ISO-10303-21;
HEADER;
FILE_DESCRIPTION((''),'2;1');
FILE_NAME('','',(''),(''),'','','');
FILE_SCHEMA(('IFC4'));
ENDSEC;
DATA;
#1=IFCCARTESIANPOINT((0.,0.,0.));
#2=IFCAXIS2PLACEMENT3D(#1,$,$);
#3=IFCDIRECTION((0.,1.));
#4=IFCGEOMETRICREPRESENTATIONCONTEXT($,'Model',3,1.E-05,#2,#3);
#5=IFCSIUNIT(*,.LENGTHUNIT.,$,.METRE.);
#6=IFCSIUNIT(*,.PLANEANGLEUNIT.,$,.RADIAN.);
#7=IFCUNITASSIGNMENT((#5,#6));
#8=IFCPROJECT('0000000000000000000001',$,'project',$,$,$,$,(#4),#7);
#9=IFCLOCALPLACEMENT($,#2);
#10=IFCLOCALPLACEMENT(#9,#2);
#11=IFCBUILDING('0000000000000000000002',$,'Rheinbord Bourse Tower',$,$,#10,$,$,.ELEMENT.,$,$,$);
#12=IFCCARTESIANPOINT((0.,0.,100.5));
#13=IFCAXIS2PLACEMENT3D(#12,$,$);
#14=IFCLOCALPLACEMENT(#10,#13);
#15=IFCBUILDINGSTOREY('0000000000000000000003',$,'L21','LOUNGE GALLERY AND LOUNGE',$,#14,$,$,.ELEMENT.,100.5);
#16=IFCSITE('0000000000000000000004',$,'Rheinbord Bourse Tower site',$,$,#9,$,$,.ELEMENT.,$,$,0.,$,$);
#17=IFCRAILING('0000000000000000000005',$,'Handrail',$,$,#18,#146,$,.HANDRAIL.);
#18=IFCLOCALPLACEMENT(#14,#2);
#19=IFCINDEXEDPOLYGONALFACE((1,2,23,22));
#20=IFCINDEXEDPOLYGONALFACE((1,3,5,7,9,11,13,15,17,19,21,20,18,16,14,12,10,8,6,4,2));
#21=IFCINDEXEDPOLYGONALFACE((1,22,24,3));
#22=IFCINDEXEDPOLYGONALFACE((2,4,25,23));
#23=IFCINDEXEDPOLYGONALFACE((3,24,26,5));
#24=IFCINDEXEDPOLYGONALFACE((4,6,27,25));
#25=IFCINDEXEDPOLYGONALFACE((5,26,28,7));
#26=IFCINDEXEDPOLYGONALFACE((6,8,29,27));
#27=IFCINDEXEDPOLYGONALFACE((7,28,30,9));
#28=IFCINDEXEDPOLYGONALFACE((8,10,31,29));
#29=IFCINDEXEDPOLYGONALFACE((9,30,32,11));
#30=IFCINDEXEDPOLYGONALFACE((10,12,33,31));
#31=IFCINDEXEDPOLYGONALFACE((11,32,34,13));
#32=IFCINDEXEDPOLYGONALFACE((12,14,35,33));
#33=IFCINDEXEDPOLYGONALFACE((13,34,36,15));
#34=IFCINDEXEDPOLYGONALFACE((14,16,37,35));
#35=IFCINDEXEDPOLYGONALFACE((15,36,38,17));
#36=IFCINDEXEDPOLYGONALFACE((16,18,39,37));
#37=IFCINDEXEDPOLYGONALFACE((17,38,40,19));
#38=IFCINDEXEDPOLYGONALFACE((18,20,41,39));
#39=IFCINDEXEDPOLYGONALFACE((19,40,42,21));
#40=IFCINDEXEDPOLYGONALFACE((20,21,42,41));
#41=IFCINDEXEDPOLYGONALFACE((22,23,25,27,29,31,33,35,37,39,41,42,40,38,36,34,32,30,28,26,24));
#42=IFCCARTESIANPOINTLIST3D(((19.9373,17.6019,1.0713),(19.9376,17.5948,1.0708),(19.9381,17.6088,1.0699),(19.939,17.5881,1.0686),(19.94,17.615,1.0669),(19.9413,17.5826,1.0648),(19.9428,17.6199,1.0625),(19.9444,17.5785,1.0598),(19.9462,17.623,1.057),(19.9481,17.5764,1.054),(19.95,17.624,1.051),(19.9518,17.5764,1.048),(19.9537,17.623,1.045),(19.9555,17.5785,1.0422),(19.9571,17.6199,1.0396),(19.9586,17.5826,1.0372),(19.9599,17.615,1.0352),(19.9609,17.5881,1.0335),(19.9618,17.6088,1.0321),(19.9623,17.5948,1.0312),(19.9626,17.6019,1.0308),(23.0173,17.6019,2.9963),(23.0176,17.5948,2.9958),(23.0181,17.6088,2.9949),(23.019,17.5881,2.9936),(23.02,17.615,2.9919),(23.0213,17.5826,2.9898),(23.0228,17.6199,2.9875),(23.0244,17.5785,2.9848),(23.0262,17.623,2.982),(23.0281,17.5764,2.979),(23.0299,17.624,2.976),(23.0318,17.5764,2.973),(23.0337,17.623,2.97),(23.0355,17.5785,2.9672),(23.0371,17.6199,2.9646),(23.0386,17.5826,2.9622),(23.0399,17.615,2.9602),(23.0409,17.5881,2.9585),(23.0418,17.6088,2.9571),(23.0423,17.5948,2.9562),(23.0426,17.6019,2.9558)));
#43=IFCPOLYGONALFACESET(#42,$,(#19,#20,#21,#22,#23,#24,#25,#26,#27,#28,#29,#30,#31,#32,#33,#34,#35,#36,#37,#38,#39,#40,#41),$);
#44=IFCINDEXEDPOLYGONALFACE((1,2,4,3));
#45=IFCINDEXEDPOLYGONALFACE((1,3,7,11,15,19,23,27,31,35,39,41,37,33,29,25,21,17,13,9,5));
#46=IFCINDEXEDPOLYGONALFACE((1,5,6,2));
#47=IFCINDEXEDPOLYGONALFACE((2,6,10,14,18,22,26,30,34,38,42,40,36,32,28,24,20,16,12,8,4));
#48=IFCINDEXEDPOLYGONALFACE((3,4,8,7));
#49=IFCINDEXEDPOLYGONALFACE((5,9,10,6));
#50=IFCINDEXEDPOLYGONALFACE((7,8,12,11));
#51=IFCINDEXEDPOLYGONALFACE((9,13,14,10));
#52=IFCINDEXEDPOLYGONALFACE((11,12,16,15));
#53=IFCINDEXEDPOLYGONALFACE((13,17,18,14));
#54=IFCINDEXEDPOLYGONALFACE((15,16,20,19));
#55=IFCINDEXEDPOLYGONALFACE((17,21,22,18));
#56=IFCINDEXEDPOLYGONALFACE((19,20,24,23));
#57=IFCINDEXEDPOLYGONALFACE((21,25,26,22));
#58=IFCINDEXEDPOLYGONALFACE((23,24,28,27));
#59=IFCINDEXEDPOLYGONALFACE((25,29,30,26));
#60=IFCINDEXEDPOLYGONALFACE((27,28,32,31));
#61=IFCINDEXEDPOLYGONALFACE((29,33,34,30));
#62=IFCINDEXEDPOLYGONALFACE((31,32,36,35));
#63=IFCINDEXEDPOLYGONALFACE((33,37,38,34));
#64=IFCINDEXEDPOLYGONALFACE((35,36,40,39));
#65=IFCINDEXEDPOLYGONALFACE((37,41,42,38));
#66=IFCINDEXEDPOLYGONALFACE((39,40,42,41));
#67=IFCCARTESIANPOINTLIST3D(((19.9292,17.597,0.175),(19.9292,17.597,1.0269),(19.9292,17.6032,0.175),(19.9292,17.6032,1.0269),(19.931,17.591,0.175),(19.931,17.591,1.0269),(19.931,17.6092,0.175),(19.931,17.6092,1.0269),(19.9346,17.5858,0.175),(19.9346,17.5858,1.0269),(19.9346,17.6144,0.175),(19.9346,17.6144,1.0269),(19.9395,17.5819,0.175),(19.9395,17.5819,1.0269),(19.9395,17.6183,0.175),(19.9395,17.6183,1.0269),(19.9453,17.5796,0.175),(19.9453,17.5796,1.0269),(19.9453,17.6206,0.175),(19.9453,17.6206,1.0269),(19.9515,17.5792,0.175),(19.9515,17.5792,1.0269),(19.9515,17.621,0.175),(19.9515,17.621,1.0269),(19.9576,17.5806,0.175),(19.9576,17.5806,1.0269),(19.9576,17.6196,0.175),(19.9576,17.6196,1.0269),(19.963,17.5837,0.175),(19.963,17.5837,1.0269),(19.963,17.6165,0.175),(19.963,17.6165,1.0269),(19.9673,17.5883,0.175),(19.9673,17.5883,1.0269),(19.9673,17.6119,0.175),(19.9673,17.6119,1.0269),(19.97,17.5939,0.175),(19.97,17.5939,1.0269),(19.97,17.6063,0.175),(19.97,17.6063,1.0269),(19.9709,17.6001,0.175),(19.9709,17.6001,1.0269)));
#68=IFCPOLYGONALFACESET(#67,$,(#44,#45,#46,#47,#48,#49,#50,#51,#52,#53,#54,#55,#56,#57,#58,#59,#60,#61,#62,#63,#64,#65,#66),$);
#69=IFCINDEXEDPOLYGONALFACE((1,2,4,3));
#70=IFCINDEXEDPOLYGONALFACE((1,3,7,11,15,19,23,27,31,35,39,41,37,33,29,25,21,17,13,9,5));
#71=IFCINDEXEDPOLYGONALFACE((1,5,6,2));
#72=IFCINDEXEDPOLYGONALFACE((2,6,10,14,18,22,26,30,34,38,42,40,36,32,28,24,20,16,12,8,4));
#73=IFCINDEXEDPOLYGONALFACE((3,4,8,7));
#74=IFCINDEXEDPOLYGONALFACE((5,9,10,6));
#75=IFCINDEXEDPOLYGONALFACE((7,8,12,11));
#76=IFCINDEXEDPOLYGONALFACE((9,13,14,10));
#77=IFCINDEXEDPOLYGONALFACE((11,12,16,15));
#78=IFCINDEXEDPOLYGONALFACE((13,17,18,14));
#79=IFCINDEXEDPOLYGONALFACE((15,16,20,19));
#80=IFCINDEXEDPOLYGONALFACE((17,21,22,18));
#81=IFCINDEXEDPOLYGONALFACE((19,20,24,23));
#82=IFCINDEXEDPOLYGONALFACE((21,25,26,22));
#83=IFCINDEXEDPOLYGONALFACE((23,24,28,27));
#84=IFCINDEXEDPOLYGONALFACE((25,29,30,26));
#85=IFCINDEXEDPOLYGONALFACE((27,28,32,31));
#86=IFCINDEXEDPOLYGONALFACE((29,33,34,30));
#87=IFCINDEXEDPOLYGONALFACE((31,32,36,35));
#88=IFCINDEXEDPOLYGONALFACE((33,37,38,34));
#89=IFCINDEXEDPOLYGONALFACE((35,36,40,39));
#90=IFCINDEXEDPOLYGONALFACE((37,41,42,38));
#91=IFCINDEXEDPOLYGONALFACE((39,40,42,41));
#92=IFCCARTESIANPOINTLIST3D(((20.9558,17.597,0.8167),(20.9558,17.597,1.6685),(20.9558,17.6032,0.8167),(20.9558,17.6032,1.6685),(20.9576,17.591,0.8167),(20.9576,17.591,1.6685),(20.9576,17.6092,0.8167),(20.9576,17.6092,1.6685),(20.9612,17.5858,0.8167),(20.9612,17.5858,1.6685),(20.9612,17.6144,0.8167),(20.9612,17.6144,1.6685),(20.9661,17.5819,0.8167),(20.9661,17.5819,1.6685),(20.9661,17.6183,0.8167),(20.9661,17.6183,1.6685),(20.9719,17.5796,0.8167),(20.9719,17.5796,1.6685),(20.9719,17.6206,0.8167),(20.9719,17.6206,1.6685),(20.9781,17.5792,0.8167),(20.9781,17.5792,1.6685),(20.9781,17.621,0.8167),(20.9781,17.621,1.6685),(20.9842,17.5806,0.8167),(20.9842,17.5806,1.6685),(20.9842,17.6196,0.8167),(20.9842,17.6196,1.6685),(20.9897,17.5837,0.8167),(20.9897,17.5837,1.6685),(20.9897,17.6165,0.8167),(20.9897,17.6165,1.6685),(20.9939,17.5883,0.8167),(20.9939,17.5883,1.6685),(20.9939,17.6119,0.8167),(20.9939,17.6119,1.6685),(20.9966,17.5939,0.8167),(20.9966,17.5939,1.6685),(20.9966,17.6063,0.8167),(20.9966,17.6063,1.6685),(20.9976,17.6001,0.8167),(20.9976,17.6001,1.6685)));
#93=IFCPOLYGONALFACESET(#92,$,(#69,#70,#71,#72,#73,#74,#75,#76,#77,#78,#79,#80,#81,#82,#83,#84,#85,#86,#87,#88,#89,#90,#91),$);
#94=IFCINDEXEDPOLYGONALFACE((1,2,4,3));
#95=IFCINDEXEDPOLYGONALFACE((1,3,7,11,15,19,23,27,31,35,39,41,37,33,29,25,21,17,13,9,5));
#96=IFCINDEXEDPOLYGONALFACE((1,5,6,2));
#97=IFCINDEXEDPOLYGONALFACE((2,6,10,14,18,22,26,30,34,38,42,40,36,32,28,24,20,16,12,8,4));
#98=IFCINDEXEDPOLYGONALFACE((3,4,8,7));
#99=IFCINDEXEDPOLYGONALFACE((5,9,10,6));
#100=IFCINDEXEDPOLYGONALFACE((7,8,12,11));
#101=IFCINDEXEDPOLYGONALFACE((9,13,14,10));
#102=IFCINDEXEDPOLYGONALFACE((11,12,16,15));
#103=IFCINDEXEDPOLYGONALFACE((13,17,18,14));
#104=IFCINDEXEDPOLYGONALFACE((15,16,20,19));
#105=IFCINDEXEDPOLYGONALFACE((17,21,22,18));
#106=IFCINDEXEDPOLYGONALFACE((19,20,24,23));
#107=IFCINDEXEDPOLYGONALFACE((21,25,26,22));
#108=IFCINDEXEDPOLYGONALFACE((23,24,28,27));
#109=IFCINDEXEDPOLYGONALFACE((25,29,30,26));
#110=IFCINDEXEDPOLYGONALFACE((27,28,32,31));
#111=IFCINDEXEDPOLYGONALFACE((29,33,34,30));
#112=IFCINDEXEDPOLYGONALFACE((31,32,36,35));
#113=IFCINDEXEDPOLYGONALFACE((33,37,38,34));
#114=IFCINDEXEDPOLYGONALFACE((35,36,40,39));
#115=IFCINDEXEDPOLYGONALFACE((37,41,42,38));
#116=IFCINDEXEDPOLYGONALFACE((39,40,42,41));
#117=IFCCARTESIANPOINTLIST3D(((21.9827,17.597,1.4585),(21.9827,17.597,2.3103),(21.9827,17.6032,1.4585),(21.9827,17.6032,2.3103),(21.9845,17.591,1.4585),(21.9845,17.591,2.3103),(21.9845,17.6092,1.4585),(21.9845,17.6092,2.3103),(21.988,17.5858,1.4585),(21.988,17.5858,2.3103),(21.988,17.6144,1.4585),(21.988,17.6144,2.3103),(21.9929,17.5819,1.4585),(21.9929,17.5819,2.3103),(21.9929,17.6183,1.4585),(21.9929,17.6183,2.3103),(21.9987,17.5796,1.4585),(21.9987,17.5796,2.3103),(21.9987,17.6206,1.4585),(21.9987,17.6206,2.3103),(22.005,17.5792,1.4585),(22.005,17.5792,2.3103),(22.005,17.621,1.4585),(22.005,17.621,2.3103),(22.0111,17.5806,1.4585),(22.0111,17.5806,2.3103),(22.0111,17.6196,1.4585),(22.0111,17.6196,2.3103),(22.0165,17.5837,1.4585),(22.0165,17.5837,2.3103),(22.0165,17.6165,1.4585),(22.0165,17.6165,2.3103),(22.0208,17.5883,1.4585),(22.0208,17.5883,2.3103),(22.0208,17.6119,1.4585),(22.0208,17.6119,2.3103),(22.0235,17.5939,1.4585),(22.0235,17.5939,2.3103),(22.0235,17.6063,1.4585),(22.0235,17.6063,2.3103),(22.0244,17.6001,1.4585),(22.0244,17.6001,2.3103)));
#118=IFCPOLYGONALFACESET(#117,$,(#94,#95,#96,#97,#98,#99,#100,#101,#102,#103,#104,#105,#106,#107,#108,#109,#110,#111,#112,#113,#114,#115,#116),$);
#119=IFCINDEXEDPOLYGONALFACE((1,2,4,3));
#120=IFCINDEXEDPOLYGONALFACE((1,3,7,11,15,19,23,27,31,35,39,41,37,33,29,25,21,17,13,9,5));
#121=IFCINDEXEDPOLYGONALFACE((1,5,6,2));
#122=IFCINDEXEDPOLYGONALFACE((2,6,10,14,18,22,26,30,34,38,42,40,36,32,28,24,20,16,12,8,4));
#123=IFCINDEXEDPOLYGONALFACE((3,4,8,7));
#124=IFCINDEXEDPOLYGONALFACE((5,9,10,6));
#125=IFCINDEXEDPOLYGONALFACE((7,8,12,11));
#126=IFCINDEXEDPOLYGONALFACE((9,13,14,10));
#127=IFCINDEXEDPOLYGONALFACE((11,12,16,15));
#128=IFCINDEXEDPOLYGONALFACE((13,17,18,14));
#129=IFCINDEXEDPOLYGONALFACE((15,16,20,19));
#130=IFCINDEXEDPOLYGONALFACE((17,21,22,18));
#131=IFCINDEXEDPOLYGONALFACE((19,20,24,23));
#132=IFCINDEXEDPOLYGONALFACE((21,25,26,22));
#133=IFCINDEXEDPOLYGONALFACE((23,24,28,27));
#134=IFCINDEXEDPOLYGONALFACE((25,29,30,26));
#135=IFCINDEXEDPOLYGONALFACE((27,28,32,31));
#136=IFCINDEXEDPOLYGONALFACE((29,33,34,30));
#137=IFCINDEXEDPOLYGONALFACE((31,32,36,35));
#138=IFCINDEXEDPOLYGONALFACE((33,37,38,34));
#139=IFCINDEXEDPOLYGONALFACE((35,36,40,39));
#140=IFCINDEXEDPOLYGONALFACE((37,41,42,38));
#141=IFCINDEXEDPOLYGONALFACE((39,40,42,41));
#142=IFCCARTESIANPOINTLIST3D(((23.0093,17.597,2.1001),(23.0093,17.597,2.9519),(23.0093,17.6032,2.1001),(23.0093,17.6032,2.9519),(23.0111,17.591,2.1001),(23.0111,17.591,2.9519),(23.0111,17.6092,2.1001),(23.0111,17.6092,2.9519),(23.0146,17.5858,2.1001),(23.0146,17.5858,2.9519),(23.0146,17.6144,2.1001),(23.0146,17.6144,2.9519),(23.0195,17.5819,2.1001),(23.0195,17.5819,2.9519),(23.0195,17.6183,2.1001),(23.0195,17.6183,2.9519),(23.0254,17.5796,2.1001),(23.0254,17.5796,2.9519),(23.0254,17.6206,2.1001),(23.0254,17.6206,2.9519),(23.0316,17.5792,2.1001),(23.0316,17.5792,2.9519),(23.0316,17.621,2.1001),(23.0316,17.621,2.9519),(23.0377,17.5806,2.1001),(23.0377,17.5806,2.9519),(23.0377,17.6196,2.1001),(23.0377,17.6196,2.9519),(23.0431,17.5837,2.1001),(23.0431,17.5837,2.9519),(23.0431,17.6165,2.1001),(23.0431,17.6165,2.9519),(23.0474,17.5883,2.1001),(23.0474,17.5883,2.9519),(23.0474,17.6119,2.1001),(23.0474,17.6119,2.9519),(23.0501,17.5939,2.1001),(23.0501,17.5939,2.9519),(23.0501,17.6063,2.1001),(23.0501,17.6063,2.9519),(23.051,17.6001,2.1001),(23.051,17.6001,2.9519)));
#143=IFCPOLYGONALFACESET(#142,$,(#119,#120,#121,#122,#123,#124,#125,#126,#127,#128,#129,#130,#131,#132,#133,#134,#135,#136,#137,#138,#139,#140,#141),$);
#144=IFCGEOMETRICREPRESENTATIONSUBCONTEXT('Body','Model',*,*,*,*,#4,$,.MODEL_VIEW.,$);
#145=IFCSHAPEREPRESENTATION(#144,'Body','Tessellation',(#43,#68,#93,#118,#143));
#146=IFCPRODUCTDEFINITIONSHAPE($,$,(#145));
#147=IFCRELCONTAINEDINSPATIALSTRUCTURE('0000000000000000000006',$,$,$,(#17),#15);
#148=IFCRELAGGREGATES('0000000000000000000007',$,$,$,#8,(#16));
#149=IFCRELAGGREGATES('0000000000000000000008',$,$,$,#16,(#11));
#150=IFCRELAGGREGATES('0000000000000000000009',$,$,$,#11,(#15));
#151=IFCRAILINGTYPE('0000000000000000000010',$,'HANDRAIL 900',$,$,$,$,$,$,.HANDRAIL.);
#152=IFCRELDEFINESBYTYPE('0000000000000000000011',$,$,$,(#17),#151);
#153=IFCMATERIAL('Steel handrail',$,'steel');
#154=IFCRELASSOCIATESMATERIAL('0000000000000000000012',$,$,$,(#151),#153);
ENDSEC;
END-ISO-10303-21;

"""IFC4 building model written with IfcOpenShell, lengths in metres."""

from ifc_helpers import new_model, si_unit, direction, frame, origin, origin_2d, place, context, subcontext, project, spatial, circle, extrude, material, type_object, element, save


model = new_model("IFC4")

# Units and contexts
model_context = context("Model", 3, precision=1e-05, world=origin(), true_north=direction((0.0, 1.0)))
body_context = subcontext(model_context, "Body", "Model", "MODEL_VIEW")
ifc_project = project(units=[si_unit("LENGTHUNIT", "METRE"), si_unit("PLANEANGLEUNIT", "RADIAN")], contexts=[model_context])

# Site, building, storey
site_placement = place(None, origin())
site = spatial("IfcSite", under=ifc_project, at=site_placement, Name="Rheinbord Bourse Tower site", CompositionType="ELEMENT", RefElevation=0.0)
building_placement = place(site_placement, origin())
building = spatial("IfcBuilding", under=site, at=building_placement, Name="Rheinbord Bourse Tower", CompositionType="ELEMENT")
storey_placement = place(building_placement, frame((0.0, 0.0, 100.5)))
storey = spatial("IfcBuildingStorey", under=building, at=storey_placement, Name="L21", Description="LOUNGE GALLERY AND LOUNGE", CompositionType="ELEMENT", Elevation=100.5)

# Railing
ifc_material_1 = material(Name="Steel handrail", Category="steel")
railing_type = type_object("IfcRailingType", Name="HANDRAIL 900", PredefinedType="HANDRAIL", material=ifc_material_1)
railing_1_placement = place(storey_placement, frame((19.95, 17.6001, 0.175)))
element("IfcRailing", 1, at=railing_1_placement, inside=storey, type_object=railing_type, Name="Handrail", PredefinedType="HANDRAIL", context=body_context, shape_type="SweptSolid", body=[
    extrude(circle(Radius=0.0239, at=origin_2d()), frame((0.0, 0.0, 0.876), z_axis=(0.847998, 0.0, 0.529999), x_axis=(0.0, 1.0, 0.0)), (0.0, 0.0, 1.0), 3.6321),
    extrude(circle(Radius=0.021, at=origin_2d()), origin(), (0.0, 0.0, 1.0), 0.8518),
    extrude(circle(Radius=0.021, at=origin_2d()), frame((1.0266, 0.0, 0.6416)), (0.0, 0.0, 1.0), 0.8518),
    extrude(circle(Radius=0.021, at=origin_2d()), frame((2.0535, 0.0, 1.2834)), (0.0, 0.0, 1.0), 0.8518),
    extrude(circle(Radius=0.021, at=origin_2d()), frame((3.0801, 0.0, 1.925)), (0.0, 0.0, 1.0), 0.8518),
])

save(model, "model.ifc")
